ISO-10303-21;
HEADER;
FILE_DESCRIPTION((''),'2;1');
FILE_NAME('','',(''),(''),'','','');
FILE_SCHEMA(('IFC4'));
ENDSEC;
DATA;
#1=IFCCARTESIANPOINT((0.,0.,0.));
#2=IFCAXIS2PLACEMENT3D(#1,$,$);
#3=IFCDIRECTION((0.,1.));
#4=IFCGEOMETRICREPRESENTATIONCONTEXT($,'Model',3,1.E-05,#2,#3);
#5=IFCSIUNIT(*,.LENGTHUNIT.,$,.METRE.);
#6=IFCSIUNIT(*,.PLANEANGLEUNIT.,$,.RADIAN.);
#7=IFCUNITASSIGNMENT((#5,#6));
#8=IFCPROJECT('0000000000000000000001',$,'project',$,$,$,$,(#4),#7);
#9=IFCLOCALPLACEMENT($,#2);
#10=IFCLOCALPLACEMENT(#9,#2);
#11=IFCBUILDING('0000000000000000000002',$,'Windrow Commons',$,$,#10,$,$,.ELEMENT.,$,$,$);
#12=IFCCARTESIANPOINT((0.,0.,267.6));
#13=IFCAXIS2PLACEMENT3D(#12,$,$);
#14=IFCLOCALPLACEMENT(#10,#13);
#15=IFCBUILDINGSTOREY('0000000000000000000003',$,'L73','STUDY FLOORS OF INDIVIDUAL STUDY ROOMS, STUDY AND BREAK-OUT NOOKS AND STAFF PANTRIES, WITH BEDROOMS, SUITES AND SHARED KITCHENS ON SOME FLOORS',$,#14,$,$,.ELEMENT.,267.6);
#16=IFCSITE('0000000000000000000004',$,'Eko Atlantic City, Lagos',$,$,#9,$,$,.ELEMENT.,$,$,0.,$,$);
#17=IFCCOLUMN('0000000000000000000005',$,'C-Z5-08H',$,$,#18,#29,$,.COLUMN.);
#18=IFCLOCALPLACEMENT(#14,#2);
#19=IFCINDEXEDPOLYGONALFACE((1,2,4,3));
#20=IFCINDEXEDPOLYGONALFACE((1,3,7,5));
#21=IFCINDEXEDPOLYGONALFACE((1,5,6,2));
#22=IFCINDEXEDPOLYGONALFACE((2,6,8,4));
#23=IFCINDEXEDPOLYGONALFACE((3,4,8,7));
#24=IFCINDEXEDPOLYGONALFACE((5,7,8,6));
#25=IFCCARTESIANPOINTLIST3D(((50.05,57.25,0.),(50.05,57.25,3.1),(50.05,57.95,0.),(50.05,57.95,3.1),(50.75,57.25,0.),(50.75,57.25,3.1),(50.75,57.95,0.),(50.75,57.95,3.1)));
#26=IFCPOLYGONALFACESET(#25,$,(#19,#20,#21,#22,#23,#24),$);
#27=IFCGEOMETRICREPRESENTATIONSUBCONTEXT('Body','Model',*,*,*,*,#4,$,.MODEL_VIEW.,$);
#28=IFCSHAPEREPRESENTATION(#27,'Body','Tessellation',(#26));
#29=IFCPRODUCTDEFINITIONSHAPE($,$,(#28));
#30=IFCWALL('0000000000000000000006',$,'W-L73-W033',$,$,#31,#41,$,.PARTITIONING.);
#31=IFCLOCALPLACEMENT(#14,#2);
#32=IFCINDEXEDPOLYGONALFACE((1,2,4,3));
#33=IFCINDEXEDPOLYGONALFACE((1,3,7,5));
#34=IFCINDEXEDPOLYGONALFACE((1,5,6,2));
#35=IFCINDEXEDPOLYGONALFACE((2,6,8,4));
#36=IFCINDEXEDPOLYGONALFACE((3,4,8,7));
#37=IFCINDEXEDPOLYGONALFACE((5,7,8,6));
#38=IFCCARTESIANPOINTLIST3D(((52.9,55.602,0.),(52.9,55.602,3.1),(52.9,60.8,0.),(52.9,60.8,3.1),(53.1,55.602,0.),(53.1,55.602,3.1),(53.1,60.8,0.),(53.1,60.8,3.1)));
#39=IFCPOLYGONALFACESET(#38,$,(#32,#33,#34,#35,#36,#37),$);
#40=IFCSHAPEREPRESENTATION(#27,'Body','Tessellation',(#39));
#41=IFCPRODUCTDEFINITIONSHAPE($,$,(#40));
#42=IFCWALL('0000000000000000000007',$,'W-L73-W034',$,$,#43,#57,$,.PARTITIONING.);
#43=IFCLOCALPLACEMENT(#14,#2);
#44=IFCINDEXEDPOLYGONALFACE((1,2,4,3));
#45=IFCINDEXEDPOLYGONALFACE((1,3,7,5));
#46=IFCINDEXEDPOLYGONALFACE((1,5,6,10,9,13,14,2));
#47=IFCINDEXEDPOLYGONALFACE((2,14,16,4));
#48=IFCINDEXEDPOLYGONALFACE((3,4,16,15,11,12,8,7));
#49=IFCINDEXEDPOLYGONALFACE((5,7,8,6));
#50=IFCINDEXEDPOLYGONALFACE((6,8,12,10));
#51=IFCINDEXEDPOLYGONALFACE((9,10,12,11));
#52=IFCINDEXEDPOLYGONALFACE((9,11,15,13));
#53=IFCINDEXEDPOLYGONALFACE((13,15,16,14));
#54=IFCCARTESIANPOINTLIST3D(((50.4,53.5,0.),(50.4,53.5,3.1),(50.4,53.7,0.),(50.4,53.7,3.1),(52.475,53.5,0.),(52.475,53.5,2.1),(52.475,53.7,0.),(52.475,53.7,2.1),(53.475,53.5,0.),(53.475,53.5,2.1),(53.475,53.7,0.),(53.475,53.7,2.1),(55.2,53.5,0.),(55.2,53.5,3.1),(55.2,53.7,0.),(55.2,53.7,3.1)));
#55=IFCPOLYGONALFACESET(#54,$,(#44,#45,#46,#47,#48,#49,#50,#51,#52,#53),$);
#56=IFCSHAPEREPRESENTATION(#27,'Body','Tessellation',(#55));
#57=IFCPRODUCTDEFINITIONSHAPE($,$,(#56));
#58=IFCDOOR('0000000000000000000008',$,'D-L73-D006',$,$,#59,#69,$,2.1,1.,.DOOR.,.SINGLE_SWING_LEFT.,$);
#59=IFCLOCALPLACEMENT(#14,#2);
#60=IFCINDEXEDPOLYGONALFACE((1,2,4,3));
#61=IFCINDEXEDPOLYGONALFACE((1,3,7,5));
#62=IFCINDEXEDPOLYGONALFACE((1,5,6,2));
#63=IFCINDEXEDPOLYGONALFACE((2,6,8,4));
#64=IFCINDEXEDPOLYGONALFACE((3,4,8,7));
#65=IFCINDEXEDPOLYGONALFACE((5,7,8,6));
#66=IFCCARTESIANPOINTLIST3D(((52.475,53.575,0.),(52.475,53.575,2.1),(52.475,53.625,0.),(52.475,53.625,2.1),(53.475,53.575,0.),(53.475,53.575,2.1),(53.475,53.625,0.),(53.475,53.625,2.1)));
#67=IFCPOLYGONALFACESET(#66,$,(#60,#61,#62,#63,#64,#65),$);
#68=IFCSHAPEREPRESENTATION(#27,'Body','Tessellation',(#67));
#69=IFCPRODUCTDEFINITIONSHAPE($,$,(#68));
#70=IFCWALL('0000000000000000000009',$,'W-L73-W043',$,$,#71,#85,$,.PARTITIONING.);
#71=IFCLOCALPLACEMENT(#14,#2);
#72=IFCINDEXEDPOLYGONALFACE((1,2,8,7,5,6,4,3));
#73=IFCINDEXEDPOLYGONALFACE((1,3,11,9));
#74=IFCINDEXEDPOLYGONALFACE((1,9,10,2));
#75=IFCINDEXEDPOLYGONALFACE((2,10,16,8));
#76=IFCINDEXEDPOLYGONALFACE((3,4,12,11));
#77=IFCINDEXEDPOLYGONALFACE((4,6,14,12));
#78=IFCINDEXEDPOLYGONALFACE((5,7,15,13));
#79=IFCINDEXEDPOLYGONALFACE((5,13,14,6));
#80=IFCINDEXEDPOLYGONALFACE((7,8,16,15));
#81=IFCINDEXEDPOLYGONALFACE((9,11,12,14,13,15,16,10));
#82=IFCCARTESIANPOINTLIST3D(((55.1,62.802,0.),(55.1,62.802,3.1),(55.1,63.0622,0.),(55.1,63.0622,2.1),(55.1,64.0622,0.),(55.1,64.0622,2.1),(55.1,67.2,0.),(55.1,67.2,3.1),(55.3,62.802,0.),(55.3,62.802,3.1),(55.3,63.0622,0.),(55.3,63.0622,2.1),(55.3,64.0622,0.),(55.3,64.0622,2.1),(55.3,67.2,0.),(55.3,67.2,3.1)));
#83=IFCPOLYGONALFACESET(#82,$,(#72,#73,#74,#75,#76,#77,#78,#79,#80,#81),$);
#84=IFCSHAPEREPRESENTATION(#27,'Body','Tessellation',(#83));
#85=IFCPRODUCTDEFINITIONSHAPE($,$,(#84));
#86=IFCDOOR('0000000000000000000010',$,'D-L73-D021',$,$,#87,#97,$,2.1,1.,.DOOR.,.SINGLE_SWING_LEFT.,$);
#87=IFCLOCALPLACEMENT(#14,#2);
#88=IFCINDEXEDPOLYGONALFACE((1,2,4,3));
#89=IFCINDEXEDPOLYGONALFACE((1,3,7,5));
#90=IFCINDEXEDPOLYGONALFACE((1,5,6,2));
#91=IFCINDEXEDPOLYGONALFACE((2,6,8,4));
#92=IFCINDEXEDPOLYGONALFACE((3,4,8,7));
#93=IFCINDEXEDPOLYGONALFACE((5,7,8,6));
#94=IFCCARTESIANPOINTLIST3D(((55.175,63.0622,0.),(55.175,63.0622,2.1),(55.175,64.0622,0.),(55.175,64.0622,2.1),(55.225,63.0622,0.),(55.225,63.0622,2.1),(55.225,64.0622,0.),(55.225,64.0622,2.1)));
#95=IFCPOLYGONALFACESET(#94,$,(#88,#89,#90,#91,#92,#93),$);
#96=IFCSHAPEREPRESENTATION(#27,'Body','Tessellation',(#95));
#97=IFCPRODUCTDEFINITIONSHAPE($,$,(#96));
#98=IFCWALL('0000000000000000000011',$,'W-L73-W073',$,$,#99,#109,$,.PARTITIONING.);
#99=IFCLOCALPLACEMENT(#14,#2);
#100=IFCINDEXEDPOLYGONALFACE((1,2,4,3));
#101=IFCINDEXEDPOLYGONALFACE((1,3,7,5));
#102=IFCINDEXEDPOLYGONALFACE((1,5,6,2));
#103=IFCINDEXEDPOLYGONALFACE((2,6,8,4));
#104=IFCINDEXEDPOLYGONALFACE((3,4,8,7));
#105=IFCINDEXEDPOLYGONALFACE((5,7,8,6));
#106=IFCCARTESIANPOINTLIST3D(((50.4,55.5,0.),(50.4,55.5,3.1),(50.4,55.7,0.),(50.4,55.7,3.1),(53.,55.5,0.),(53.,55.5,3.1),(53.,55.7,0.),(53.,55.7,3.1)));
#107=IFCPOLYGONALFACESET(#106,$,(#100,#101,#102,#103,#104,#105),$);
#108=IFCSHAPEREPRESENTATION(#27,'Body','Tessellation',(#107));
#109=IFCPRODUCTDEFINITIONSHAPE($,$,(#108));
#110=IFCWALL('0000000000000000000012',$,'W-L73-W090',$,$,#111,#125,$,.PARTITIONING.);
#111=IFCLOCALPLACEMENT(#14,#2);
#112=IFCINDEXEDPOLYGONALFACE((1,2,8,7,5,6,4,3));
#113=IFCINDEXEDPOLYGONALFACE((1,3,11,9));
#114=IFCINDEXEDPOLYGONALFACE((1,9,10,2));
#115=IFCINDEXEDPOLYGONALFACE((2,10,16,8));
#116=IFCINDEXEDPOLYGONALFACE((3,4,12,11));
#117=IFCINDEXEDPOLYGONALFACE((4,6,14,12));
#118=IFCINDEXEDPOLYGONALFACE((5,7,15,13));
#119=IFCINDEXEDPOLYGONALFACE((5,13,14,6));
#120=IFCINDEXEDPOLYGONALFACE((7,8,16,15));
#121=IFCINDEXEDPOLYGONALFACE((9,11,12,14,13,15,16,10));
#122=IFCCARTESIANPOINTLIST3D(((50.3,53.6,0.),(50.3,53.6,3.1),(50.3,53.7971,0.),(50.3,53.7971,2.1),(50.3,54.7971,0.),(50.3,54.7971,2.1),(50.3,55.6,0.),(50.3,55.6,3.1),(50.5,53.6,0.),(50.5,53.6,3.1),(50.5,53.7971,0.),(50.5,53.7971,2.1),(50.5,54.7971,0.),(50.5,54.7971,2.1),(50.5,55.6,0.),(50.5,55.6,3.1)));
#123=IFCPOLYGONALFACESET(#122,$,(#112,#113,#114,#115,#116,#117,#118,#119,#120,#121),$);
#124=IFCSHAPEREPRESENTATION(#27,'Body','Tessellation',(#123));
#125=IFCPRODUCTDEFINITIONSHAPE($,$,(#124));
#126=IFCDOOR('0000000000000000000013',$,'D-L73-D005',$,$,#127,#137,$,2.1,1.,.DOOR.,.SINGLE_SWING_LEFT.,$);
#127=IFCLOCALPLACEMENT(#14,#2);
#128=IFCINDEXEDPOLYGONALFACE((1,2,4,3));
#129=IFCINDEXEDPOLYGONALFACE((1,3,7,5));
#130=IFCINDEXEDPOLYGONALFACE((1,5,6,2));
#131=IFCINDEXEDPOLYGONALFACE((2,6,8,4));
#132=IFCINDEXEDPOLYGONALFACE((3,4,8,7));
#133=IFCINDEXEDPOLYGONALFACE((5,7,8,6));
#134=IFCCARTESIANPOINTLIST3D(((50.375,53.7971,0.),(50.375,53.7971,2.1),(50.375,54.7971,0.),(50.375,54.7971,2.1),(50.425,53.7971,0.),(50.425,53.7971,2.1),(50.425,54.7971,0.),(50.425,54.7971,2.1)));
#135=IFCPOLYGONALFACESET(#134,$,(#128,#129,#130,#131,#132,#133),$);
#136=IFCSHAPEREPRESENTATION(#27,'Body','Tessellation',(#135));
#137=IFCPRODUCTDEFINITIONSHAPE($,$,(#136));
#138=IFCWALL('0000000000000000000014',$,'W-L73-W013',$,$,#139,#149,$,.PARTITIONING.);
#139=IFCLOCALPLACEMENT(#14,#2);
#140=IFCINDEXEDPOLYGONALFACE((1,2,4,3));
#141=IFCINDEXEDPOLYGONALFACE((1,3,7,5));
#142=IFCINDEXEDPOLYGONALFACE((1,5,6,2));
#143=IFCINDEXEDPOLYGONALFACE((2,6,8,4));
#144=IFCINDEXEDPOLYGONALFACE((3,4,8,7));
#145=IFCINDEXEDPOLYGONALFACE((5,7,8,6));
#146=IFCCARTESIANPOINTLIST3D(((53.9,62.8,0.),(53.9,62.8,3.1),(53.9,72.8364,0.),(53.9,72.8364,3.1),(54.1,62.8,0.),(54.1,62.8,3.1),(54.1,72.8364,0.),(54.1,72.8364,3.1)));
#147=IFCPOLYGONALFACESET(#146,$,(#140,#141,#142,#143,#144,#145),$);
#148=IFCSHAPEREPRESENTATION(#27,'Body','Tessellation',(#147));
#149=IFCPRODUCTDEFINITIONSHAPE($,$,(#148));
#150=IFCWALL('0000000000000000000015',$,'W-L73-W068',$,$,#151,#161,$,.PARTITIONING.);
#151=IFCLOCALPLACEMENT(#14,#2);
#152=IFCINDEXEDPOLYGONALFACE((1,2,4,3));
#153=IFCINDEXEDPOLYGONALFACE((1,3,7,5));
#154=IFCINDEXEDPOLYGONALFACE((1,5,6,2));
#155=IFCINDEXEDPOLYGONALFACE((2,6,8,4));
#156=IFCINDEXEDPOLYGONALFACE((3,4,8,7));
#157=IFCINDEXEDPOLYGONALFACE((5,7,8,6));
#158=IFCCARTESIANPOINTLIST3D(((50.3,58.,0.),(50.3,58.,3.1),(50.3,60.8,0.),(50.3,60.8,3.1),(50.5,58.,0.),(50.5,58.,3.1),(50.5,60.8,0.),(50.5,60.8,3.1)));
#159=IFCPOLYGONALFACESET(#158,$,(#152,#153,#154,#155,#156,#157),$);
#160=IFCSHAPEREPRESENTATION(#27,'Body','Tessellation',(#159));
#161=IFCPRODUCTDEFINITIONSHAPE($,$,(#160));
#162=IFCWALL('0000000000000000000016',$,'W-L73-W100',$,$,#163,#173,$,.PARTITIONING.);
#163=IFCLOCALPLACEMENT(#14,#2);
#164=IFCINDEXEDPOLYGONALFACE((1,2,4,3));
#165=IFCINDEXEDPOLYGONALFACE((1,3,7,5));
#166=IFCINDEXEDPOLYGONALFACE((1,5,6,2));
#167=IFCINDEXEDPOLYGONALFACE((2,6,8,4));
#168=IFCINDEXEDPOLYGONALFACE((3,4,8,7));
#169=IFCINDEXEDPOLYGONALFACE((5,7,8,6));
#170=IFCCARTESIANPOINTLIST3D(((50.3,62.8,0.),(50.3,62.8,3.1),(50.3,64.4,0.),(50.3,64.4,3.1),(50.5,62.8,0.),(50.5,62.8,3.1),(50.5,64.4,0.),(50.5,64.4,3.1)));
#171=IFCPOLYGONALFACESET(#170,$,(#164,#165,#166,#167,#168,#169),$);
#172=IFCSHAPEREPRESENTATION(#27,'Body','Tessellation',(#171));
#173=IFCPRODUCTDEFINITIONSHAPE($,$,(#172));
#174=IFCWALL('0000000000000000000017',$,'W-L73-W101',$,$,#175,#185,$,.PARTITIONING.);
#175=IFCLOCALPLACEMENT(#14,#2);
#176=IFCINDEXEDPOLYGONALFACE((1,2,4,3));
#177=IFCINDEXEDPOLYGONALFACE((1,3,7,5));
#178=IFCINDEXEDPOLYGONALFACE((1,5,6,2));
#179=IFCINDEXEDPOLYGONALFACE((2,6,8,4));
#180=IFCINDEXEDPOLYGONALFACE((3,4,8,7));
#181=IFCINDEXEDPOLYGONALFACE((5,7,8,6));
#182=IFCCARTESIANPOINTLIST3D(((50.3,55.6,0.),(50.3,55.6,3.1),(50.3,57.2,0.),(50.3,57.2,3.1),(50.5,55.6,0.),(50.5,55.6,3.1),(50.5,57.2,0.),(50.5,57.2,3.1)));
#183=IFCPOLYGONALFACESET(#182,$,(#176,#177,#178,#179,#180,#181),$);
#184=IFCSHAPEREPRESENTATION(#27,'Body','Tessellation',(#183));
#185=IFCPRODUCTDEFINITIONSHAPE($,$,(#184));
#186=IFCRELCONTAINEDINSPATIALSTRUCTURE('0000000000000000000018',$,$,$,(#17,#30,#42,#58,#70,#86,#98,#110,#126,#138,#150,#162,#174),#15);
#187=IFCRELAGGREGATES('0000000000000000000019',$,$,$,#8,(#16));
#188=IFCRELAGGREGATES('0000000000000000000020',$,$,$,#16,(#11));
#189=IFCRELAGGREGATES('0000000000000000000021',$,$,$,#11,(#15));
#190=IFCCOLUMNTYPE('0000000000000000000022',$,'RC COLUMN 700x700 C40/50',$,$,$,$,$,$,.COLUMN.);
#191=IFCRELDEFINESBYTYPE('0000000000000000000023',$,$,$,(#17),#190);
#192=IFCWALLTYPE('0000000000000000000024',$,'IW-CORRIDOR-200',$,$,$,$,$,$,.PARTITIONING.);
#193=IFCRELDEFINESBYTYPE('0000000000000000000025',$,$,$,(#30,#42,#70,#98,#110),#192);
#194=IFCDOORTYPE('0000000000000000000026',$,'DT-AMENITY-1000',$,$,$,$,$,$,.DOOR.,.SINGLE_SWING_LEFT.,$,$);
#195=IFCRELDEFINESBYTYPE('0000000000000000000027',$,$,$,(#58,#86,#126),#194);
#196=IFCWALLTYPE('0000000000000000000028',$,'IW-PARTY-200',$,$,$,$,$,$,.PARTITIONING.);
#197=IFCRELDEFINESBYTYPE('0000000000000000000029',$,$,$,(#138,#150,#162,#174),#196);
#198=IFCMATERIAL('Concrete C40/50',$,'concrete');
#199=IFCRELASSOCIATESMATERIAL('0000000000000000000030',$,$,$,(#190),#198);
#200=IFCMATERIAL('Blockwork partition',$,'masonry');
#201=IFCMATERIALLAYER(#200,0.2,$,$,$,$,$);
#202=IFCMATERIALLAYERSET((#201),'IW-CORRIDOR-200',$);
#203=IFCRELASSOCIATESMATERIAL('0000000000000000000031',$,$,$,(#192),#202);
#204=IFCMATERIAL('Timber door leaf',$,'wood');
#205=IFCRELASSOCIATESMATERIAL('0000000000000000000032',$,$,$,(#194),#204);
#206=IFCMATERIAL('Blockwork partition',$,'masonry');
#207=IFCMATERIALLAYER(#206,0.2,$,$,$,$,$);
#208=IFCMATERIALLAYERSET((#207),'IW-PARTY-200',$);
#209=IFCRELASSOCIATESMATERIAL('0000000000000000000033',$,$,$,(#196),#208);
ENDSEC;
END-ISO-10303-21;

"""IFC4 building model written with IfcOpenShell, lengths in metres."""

from ifc_helpers import new_model, si_unit, direction, frame, frame_2d, origin, origin_2d, place, context, subcontext, project, spatial, rectangle, extrude, material, layer, layer_set, material_profile, profile_set, type_object, element, fill, save


model = new_model("IFC4")

# Units and contexts
model_context = context("Model", 3, precision=1e-05, world=origin(), true_north=direction((0.0, 1.0)))
body_context = subcontext(model_context, "Body", "Model", "MODEL_VIEW")
ifc_project = project(units=[si_unit("LENGTHUNIT", "METRE"), si_unit("PLANEANGLEUNIT", "RADIAN")], contexts=[model_context])

# Site, building, storey
site_placement = place(None, origin())
site = spatial("IfcSite", under=ifc_project, at=site_placement, Name="Eko Atlantic City, Lagos", CompositionType="ELEMENT", RefElevation=0.0)
building_placement = place(site_placement, origin())
building = spatial("IfcBuilding", under=site, at=building_placement, Name="Windrow Commons", CompositionType="ELEMENT")
storey_placement = place(building_placement, frame((0.0, 0.0, 267.6)))
storey = spatial("IfcBuildingStorey", under=building, at=storey_placement, Name="L73", Description="STUDY FLOORS OF INDIVIDUAL STUDY ROOMS, STUDY AND BREAK-OUT NOOKS AND STAFF PANTRIES, WITH BEDROOMS, SUITES AND SHARED KITCHENS ON SOME FLOORS", CompositionType="ELEMENT", Elevation=267.6)

# Column
ifc_material_1 = material(Name="Concrete C40/50", Category="concrete")
ifc_material_profile = material_profile(ifc_material_1, rectangle(XDim=0.7, YDim=0.7, at=origin_2d()))
ifc_profile_set = profile_set([ifc_material_profile], Name="Concrete C40/50")
column_type = type_object("IfcColumnType", Name="RC COLUMN 700x700 C40/50", PredefinedType="COLUMN", material=ifc_profile_set)
column_placement = place(storey_placement, frame((50.4, 57.6, 0.0), z_axis=(0.0, 0.0, 1.0), x_axis=(1.0, 0.0, 0.0)))
element("IfcColumn", 1, at=column_placement, inside=storey, type_object=column_type, Name="C-Z5-08H", PredefinedType="COLUMN", context=body_context, shape_type="SweptSolid", body=[
    extrude(rectangle(XDim=0.7, YDim=0.7, at=origin_2d()), origin(), (0.0, 0.0, 1.0), 3.1),
])

# Wall
ifc_material_2 = material(Name="Blockwork partition", Category="masonry")
ifc_layer_1 = layer(ifc_material_2, 0.2)
ifc_layer_set_1 = layer_set([ifc_layer_1], Name="IW-CORRIDOR-200")
wall_type_1 = type_object("IfcWallType", Name="IW-CORRIDOR-200", PredefinedType="PARTITIONING", material=ifc_layer_set_1)
wall_1_placement = place(storey_placement, frame((53.0, 55.602, 0.0), z_axis=(0.0, 0.0, 1.0), x_axis=(0.0, 1.0, 0.0)))
element("IfcWall", 2, at=wall_1_placement, inside=storey, type_object=wall_type_1, Name="W-L73-W033", PredefinedType="PARTITIONING", context=body_context, shape_type="SweptSolid", body=[
    extrude(rectangle(XDim=5.198, YDim=0.2, at=frame_2d((2.599, 0.0))), origin(), (0.0, 0.0, 1.0), 3.1),
])

# Walls, openings, doors
wall_2_placement = place(storey_placement, frame((50.4, 53.6, 0.0), z_axis=(0.0, 0.0, 1.0), x_axis=(1.0, 0.0, 0.0)))
wall_2 = element("IfcWall", 3, at=wall_2_placement, inside=storey, type_object=wall_type_1, Name="W-L73-W034", PredefinedType="PARTITIONING", context=body_context, shape_type="SweptSolid", body=[
    extrude(rectangle(XDim=4.8, YDim=0.2, at=frame_2d((2.4, 0.0))), origin(), (0.0, 0.0, 1.0), 3.1),
])
opening_1_placement = place(wall_2_placement, frame((2.075, 0.0, 0.0)))
opening_1 = element("IfcOpeningElement", 4, at=opening_1_placement, cuts=wall_2, PredefinedType="OPENING", context=body_context, shape_type="SweptSolid", body=[
    extrude(rectangle(XDim=1.0, YDim=2.1, at=frame_2d((0.5, 1.05))), frame((0.0, 0.11, 0.0), z_axis=(0.0, -1.0, 0.0), x_axis=(1.0, 0.0, 0.0)), (0.0, 0.0, 1.0), 0.22),
])
ifc_material_3 = material(Name="Timber door leaf", Category="wood")
door_type_1 = type_object("IfcDoorType", Name="DT-AMENITY-1000", OperationType="SINGLE_SWING_LEFT", PredefinedType="DOOR", material=ifc_material_3)
door_1_placement = place(opening_1_placement, origin())
door_1 = element("IfcDoor", 5, at=door_1_placement, inside=storey, type_object=door_type_1, Name="D-L73-D006", OperationType="SINGLE_SWING_LEFT", OverallHeight=2.1, OverallWidth=1.0, PredefinedType="DOOR", context=body_context, shape_type="SweptSolid", body=[
    extrude(rectangle(XDim=1.0, YDim=2.1, at=frame_2d((0.5, 1.05))), frame((0.0, 0.025, 0.0), z_axis=(0.0, -1.0, 0.0), x_axis=(1.0, 0.0, 0.0)), (0.0, 0.0, 1.0), 0.05),
])
fill(opening_1, door_1)
wall_3_placement = place(storey_placement, frame((55.2, 62.802, 0.0), z_axis=(0.0, 0.0, 1.0), x_axis=(0.0, 1.0, 0.0)))
wall_3 = element("IfcWall", 6, at=wall_3_placement, inside=storey, type_object=wall_type_1, Name="W-L73-W043", PredefinedType="PARTITIONING", context=body_context, shape_type="SweptSolid", body=[
    extrude(rectangle(XDim=4.398, YDim=0.2, at=frame_2d((2.199, 0.0))), origin(), (0.0, 0.0, 1.0), 3.1),
])
opening_2_placement = place(wall_3_placement, frame((0.2602, 0.0, 0.0)))
opening_2 = element("IfcOpeningElement", 7, at=opening_2_placement, cuts=wall_3, PredefinedType="OPENING", context=body_context, shape_type="SweptSolid", body=[
    extrude(rectangle(XDim=1.0, YDim=2.1, at=frame_2d((0.5, 1.05))), frame((0.0, 0.11, 0.0), z_axis=(0.0, -1.0, 0.0), x_axis=(1.0, 0.0, 0.0)), (0.0, 0.0, 1.0), 0.22),
])
door_2_placement = place(opening_2_placement, origin())
door_2 = element("IfcDoor", 8, at=door_2_placement, inside=storey, type_object=door_type_1, Name="D-L73-D021", OperationType="SINGLE_SWING_LEFT", OverallHeight=2.1, OverallWidth=1.0, PredefinedType="DOOR", context=body_context, shape_type="SweptSolid", body=[
    extrude(rectangle(XDim=1.0, YDim=2.1, at=frame_2d((0.5, 1.05))), frame((0.0, 0.025, 0.0), z_axis=(0.0, -1.0, 0.0), x_axis=(1.0, 0.0, 0.0)), (0.0, 0.0, 1.0), 0.05),
])
fill(opening_2, door_2)

# Wall
wall_4_placement = place(storey_placement, frame((50.4, 55.6, 0.0), z_axis=(0.0, 0.0, 1.0), x_axis=(1.0, 0.0, 0.0)))
element("IfcWall", 9, at=wall_4_placement, inside=storey, type_object=wall_type_1, Name="W-L73-W073", PredefinedType="PARTITIONING", context=body_context, shape_type="SweptSolid", body=[
    extrude(rectangle(XDim=2.6, YDim=0.2, at=frame_2d((1.3, 0.0))), origin(), (0.0, 0.0, 1.0), 3.1),
])

# Wall, opening, door
wall_5_placement = place(storey_placement, frame((50.4, 53.6, 0.0), z_axis=(0.0, 0.0, 1.0), x_axis=(0.0, 1.0, 0.0)))
wall_5 = element("IfcWall", 10, at=wall_5_placement, inside=storey, type_object=wall_type_1, Name="W-L73-W090", PredefinedType="PARTITIONING", context=body_context, shape_type="SweptSolid", body=[
    extrude(rectangle(XDim=2.0, YDim=0.2, at=frame_2d((1.0, 0.0))), origin(), (0.0, 0.0, 1.0), 3.1),
])
opening_3_placement = place(wall_5_placement, frame((0.1971, 0.0, 0.0)))
opening_3 = element("IfcOpeningElement", 11, at=opening_3_placement, cuts=wall_5, PredefinedType="OPENING", context=body_context, shape_type="SweptSolid", body=[
    extrude(rectangle(XDim=1.0, YDim=2.1, at=frame_2d((0.5, 1.05))), frame((0.0, 0.11, 0.0), z_axis=(0.0, -1.0, 0.0), x_axis=(1.0, 0.0, 0.0)), (0.0, 0.0, 1.0), 0.22),
])
door_3_placement = place(opening_3_placement, origin())
door_3 = element("IfcDoor", 12, at=door_3_placement, inside=storey, type_object=door_type_1, Name="D-L73-D005", OperationType="SINGLE_SWING_LEFT", OverallHeight=2.1, OverallWidth=1.0, PredefinedType="DOOR", context=body_context, shape_type="SweptSolid", body=[
    extrude(rectangle(XDim=1.0, YDim=2.1, at=frame_2d((0.5, 1.05))), frame((0.0, 0.025, 0.0), z_axis=(0.0, -1.0, 0.0), x_axis=(1.0, 0.0, 0.0)), (0.0, 0.0, 1.0), 0.05),
])
fill(opening_3, door_3)

# Walls
ifc_material_4 = material(Name="Blockwork partition", Category="masonry")
ifc_layer_2 = layer(ifc_material_4, 0.2)
ifc_layer_set_2 = layer_set([ifc_layer_2], Name="IW-PARTY-200")
wall_type_2 = type_object("IfcWallType", Name="IW-PARTY-200", PredefinedType="PARTITIONING", material=ifc_layer_set_2)
wall_6_placement = place(storey_placement, frame((54.0, 62.8, 0.0), z_axis=(0.0, 0.0, 1.0), x_axis=(0.0, 1.0, 0.0)))
element("IfcWall", 13, at=wall_6_placement, inside=storey, type_object=wall_type_2, Name="W-L73-W013", PredefinedType="PARTITIONING", context=body_context, shape_type="SweptSolid", body=[
    extrude(rectangle(XDim=10.0364, YDim=0.2, at=frame_2d((5.0182, 0.0))), origin(), (0.0, 0.0, 1.0), 3.1),
])
wall_7_placement = place(storey_placement, frame((50.4, 58.0, 0.0), z_axis=(0.0, 0.0, 1.0), x_axis=(0.0, 1.0, 0.0)))
element("IfcWall", 14, at=wall_7_placement, inside=storey, type_object=wall_type_2, Name="W-L73-W068", PredefinedType="PARTITIONING", context=body_context, shape_type="SweptSolid", body=[
    extrude(rectangle(XDim=2.8, YDim=0.2, at=frame_2d((1.4, 0.0))), origin(), (0.0, 0.0, 1.0), 3.1),
])
for number, where, z_axis, x_axis, name in (
    (15, (50.4, 62.8, 0.0), (0.0, 0.0, 1.0), (0.0, 1.0, 0.0), "W-L73-W100"),
    (16, (50.4, 55.6, 0.0), (0.0, 0.0, 1.0), (0.0, 1.0, 0.0), "W-L73-W101"),
):
    element("IfcWall", number, at=place(storey_placement, frame(where, z_axis=z_axis, x_axis=x_axis)), inside=storey, type_object=wall_type_2, Name=name, PredefinedType="PARTITIONING", context=body_context, shape_type="SweptSolid", body=[
        extrude(rectangle(XDim=1.6, YDim=0.2, at=frame_2d((0.8, 0.0))), origin(), (0.0, 0.0, 1.0), 3.1),
    ])

save(model, "model.ifc")
